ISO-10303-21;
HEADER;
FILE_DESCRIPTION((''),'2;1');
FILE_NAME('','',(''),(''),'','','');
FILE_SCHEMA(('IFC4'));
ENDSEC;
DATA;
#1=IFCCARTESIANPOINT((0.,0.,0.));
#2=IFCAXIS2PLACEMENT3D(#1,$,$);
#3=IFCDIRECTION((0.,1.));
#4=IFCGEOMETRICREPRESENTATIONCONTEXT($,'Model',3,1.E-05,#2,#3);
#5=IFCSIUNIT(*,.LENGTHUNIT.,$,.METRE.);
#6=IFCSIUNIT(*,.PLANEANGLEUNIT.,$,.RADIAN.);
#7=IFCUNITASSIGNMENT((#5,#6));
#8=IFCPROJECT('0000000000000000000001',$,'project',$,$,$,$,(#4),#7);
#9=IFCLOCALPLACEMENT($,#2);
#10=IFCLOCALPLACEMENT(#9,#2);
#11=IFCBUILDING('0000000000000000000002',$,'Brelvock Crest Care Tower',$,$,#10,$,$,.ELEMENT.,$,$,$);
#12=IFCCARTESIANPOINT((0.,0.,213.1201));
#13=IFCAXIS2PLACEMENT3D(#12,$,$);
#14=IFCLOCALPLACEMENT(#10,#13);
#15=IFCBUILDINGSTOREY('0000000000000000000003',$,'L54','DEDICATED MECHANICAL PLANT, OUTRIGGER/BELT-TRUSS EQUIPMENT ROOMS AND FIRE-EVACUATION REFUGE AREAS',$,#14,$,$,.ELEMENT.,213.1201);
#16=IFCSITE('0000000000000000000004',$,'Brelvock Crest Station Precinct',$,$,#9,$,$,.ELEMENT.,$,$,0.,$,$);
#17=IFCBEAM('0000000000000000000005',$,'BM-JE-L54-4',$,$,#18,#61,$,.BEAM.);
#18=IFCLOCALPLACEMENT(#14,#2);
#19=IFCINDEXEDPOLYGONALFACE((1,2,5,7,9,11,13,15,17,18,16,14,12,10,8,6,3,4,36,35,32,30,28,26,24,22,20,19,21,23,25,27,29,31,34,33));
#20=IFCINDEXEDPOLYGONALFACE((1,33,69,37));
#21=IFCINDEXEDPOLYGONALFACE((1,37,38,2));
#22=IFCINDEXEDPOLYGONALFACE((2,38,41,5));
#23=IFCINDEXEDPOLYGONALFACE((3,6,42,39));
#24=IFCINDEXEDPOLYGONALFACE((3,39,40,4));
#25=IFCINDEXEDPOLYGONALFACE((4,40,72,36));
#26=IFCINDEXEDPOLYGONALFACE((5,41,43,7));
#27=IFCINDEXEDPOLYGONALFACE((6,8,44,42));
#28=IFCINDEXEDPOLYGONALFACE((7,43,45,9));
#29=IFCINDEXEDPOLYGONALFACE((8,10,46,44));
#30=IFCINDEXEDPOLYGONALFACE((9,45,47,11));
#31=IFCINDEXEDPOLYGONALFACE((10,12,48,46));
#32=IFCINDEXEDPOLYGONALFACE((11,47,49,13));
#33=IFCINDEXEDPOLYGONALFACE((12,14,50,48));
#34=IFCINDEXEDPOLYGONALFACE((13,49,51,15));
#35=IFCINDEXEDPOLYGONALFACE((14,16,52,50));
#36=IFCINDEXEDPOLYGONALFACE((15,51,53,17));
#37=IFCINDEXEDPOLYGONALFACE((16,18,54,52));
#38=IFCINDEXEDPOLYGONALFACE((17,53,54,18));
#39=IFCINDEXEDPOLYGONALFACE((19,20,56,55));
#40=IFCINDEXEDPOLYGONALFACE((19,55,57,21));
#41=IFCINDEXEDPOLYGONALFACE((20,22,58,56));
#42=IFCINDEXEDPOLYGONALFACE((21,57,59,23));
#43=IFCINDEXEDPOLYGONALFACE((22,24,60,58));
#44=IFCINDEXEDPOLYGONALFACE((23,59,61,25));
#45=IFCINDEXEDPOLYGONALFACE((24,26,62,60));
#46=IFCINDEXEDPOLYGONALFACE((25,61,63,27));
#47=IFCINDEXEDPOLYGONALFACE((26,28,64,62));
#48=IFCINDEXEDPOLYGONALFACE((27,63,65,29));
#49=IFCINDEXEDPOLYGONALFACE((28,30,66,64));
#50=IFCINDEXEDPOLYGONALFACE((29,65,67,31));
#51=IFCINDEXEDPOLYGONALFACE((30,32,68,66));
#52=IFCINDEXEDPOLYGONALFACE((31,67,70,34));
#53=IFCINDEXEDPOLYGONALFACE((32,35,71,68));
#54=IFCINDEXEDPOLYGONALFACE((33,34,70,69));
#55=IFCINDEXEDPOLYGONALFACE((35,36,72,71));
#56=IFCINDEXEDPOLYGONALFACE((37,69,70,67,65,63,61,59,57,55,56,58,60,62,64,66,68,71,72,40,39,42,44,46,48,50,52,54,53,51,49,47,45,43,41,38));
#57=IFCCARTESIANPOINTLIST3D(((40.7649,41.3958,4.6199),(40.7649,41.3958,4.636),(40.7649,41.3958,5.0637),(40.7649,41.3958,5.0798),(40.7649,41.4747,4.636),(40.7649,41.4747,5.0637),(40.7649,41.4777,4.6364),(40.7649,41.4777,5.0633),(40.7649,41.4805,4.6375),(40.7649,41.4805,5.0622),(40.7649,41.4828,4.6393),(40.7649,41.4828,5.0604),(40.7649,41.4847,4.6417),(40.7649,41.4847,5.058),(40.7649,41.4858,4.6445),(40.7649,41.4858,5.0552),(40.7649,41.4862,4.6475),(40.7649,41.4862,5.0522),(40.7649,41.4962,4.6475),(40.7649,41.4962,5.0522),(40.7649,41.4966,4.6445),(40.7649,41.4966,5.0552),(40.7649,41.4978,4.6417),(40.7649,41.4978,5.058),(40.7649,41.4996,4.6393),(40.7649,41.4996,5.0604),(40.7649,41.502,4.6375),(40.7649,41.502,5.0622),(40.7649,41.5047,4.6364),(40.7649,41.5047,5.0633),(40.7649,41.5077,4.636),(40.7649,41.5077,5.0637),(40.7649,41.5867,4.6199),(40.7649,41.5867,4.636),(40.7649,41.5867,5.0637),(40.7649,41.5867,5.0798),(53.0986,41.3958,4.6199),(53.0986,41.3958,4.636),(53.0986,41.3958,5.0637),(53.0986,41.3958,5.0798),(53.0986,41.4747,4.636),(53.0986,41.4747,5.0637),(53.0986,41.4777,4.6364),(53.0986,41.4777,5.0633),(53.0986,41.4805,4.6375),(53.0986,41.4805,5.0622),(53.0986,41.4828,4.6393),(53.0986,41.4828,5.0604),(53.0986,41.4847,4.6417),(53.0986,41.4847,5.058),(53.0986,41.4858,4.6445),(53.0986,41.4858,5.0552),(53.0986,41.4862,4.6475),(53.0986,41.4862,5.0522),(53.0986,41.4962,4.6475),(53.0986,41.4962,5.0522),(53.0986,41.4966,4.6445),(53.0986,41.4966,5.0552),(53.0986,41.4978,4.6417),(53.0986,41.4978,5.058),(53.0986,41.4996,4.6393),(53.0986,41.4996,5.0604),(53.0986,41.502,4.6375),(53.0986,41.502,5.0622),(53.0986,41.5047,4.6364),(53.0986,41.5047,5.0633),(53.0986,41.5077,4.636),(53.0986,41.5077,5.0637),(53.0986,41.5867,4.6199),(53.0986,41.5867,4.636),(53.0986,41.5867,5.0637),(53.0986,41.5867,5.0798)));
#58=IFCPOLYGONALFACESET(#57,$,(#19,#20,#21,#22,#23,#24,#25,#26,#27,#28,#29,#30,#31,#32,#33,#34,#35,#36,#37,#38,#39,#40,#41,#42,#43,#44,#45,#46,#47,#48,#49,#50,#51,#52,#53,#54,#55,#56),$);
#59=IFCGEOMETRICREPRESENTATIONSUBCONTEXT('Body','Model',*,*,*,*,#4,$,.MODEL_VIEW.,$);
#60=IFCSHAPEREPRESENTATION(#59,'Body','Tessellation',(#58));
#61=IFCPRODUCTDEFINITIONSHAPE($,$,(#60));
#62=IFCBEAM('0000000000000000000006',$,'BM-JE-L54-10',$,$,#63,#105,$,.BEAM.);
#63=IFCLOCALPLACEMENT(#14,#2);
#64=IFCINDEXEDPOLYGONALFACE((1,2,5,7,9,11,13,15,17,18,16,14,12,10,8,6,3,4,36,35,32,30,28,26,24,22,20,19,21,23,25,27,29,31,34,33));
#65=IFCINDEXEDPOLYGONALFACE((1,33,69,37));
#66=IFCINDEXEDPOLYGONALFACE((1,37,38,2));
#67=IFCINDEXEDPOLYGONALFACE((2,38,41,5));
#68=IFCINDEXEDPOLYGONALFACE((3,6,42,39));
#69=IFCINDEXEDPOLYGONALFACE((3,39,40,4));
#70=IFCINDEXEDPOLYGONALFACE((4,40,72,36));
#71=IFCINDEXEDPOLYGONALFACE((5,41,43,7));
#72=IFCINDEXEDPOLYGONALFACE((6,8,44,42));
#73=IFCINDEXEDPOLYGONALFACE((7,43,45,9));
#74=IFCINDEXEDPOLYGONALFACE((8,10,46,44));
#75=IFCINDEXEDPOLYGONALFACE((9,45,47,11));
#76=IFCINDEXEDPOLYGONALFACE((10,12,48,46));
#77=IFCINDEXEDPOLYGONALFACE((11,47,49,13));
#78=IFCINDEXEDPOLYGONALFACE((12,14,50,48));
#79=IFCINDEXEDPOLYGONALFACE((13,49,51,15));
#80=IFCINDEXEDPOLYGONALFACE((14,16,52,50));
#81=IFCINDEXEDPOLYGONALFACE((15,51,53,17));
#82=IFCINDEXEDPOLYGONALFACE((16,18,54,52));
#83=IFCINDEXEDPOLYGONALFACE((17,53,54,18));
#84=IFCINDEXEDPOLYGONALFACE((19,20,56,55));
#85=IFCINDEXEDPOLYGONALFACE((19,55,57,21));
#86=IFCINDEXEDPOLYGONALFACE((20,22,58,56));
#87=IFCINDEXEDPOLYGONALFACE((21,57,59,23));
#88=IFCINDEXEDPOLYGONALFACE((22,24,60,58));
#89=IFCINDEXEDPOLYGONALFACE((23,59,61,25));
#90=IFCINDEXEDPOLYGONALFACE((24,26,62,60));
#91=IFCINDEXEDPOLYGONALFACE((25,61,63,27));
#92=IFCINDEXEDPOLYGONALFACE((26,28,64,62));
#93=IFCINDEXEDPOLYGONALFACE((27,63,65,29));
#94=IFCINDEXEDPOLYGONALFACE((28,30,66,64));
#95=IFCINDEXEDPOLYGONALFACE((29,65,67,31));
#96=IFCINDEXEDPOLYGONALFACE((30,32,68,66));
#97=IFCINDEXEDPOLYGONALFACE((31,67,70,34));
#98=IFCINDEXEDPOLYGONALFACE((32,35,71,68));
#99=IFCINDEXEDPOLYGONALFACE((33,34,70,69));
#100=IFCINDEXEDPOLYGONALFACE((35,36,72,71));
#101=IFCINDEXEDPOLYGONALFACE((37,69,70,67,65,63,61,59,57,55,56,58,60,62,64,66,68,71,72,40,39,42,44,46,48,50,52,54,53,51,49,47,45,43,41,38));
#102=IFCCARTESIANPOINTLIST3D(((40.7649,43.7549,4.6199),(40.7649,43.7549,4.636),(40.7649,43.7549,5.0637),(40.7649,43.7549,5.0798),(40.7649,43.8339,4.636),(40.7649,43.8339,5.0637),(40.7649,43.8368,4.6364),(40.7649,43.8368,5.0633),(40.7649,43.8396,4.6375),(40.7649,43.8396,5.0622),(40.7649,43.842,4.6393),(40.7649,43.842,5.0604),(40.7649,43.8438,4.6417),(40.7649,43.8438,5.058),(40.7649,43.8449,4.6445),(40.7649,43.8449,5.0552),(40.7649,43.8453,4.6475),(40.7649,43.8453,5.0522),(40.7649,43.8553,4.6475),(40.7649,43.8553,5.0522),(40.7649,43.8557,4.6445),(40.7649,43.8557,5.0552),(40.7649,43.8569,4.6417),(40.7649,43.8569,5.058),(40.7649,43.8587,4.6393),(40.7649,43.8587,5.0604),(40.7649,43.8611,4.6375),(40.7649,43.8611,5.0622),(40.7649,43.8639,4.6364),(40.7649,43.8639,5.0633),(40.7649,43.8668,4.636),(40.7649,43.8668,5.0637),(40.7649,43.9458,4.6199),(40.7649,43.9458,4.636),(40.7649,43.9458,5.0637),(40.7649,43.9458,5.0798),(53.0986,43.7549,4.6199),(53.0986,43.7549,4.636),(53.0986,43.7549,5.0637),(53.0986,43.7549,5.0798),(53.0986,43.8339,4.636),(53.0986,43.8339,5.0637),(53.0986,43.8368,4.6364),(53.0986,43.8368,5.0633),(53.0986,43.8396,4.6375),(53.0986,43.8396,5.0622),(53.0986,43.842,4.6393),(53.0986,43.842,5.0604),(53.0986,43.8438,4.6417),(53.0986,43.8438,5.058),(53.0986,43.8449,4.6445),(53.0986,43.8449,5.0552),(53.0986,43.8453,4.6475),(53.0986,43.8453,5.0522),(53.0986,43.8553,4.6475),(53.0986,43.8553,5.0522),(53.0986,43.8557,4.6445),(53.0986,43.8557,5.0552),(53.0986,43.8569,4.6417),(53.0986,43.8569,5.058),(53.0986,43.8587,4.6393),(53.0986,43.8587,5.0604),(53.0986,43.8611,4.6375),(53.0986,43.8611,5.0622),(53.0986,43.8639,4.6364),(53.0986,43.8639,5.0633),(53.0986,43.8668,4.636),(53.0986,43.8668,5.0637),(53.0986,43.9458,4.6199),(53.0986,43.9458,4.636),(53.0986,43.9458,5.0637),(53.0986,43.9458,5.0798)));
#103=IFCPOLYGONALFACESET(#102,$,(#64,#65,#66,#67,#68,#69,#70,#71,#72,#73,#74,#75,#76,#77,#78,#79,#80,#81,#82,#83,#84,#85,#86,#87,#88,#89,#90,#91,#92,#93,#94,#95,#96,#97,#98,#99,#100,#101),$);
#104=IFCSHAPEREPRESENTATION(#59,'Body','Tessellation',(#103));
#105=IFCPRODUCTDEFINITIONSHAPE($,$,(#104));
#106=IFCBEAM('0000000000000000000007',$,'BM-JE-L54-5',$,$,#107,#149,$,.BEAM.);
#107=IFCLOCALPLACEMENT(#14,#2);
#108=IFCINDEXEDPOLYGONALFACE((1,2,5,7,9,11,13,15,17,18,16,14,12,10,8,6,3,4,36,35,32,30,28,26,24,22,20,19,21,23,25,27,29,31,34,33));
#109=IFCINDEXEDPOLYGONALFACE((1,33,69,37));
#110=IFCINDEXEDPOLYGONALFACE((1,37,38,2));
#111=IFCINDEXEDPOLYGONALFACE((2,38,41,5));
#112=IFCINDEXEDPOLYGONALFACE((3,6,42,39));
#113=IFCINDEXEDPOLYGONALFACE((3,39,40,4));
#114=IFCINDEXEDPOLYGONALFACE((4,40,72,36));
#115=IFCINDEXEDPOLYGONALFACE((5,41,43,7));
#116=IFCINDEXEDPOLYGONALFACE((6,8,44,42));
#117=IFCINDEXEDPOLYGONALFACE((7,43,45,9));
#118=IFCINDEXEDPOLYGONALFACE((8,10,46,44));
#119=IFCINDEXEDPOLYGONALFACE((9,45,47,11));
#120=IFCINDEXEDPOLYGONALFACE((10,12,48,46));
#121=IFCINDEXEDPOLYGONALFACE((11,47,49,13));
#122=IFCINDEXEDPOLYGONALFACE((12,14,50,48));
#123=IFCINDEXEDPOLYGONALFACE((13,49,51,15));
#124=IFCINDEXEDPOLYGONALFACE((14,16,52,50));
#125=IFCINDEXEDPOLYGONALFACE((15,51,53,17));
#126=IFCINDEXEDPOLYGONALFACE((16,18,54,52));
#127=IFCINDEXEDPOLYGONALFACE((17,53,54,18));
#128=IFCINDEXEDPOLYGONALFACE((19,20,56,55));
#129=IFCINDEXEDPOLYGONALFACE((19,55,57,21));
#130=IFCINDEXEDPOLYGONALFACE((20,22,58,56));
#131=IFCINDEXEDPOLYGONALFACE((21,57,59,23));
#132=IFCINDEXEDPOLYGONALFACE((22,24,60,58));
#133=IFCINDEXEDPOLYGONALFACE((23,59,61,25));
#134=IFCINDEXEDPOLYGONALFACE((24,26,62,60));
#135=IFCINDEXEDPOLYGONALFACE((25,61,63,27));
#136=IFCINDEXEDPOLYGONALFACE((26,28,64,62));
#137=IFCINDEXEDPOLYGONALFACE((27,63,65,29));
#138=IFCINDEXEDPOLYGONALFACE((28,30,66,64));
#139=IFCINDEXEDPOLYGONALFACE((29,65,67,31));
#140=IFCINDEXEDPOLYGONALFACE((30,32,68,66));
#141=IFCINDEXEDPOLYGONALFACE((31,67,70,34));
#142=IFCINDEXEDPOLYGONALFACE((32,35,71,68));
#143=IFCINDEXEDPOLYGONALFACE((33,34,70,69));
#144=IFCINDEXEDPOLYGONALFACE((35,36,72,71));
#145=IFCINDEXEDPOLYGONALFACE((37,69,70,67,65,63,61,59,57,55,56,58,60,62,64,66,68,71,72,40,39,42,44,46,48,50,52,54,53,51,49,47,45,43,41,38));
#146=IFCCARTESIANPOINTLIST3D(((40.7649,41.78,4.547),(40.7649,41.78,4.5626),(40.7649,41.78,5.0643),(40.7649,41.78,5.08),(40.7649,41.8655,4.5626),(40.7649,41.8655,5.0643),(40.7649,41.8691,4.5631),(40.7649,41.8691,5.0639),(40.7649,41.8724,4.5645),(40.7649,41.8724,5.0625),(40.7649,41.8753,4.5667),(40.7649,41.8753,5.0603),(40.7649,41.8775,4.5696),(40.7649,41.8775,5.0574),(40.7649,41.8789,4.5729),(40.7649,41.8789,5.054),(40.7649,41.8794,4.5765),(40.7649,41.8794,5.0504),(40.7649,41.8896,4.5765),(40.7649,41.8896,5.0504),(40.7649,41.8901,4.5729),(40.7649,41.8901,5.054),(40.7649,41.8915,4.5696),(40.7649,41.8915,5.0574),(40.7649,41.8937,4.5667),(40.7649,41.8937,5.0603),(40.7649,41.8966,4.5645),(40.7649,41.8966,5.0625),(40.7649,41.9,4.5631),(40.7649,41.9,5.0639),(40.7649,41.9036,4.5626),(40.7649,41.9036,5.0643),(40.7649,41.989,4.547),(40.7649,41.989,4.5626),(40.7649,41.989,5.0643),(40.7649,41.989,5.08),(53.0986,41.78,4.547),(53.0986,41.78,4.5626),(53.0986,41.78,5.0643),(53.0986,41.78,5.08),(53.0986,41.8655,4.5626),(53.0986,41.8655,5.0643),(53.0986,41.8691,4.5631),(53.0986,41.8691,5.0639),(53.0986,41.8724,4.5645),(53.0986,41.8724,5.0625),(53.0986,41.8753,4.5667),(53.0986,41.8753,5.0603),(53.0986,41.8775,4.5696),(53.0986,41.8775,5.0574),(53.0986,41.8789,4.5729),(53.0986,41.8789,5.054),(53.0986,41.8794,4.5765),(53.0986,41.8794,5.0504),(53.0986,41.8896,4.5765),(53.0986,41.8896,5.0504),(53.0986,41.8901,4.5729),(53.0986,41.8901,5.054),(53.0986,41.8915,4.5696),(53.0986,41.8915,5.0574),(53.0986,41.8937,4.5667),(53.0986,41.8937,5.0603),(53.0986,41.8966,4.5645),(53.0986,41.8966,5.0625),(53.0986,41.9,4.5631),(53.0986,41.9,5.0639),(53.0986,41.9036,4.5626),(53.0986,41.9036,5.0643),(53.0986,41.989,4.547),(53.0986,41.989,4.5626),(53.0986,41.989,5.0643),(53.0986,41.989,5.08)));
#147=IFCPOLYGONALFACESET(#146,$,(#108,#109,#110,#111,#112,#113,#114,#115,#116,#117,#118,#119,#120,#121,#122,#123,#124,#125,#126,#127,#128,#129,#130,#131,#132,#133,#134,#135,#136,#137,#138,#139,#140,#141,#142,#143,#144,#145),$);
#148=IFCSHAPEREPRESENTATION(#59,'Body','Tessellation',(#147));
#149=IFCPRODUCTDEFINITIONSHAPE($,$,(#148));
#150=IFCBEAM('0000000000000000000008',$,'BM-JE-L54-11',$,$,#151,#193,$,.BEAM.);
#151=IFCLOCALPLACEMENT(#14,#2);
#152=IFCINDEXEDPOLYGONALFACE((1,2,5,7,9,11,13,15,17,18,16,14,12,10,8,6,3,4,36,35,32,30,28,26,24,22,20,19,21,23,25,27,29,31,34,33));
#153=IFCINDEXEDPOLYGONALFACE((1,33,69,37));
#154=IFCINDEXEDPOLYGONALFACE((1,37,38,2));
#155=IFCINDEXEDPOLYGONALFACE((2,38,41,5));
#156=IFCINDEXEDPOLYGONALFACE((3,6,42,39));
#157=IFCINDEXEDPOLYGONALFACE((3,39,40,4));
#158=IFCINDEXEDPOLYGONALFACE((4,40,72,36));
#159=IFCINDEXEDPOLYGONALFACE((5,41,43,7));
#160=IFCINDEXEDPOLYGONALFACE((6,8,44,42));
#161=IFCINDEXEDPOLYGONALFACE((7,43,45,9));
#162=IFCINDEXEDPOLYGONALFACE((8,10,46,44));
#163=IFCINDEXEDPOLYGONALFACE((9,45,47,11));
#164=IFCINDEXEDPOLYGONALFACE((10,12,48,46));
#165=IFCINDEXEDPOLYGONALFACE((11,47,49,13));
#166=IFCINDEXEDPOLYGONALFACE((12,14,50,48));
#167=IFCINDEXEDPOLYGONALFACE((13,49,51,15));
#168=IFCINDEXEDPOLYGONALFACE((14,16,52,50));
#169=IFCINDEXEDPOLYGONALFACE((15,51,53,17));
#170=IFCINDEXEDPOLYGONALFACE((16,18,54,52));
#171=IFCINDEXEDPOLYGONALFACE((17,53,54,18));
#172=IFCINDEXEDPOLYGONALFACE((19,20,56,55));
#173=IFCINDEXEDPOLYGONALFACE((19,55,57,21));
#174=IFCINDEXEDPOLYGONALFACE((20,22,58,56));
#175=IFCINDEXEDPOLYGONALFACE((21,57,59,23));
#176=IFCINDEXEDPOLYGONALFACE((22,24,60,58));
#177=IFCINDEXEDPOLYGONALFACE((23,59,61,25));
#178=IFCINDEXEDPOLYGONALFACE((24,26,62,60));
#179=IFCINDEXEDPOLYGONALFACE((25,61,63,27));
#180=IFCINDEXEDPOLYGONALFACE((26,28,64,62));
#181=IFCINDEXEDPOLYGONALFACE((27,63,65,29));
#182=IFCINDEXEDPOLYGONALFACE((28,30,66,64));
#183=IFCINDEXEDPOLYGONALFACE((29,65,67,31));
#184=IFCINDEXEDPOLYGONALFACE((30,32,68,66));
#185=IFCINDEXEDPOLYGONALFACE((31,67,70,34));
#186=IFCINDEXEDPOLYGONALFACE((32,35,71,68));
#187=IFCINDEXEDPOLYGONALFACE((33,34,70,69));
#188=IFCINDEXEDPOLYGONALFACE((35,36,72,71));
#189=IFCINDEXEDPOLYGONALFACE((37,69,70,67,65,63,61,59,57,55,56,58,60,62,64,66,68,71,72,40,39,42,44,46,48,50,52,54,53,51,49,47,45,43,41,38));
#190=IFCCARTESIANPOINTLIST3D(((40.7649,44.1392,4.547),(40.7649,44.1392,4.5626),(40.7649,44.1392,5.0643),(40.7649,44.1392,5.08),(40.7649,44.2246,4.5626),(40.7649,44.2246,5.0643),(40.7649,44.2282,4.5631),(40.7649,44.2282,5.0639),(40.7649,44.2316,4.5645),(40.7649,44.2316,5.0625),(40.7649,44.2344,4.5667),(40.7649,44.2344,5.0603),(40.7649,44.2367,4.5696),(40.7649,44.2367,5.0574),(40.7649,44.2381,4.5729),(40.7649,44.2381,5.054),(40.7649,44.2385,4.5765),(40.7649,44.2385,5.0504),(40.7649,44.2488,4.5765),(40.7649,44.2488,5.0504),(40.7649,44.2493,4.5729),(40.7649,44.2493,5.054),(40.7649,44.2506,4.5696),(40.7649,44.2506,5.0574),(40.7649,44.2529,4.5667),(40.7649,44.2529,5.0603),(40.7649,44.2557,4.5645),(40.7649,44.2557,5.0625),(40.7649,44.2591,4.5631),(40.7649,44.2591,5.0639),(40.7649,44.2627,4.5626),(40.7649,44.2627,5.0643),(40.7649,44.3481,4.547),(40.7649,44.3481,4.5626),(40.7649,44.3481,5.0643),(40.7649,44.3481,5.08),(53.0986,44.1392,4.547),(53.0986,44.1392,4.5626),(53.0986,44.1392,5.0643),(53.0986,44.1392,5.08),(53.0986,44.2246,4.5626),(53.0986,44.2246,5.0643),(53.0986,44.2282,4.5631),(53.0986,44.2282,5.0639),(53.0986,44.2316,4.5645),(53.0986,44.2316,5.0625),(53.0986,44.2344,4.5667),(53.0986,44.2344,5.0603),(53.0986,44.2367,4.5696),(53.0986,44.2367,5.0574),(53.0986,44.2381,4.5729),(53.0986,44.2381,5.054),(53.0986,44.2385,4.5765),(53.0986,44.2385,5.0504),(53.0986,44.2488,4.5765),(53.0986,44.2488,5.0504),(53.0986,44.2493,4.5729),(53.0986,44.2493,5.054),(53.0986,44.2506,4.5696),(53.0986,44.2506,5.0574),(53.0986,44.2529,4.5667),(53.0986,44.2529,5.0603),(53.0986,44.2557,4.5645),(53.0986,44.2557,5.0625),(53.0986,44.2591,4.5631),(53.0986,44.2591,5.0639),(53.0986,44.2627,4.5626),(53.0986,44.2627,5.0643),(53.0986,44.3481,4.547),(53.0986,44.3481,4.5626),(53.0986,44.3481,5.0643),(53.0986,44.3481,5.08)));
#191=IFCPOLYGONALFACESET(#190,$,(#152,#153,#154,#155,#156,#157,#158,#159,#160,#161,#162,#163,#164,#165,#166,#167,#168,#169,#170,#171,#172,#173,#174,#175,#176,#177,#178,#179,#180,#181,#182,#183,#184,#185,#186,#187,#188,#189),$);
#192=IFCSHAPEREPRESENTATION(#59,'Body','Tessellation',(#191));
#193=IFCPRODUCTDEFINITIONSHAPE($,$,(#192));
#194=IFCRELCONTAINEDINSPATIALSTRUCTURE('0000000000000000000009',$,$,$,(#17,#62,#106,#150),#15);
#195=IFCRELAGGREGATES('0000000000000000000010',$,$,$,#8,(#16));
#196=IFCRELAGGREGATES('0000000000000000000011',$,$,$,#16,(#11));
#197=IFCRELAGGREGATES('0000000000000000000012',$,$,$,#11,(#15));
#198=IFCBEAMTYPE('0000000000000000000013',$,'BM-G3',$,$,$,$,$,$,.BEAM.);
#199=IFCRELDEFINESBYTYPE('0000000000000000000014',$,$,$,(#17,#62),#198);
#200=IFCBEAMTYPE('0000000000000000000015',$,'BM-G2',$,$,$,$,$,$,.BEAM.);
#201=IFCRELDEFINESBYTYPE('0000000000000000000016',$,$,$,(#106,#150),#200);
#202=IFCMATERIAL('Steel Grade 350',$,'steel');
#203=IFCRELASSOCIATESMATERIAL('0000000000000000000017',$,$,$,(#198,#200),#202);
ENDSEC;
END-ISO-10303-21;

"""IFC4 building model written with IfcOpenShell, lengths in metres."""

from ifc_helpers import new_model, si_unit, direction, frame, origin, origin_2d, place, context, subcontext, project, spatial, i_section, extrude, source, transform, mapped, material, material_profile, profile_set, type_object, element, save


model = new_model("IFC4")

# Units and contexts
model_context = context("Model", 3, precision=1e-05, world=origin(), true_north=direction((0.0, 1.0)))
body_context = subcontext(model_context, "Body", "Model", "MODEL_VIEW")
ifc_project = project(units=[si_unit("LENGTHUNIT", "METRE"), si_unit("PLANEANGLEUNIT", "RADIAN")], contexts=[model_context])

# Site, building, storey
site_placement = place(None, origin())
site = spatial("IfcSite", under=ifc_project, at=site_placement, Name="Brelvock Crest Station Precinct", CompositionType="ELEMENT", RefElevation=0.0)
building_placement = place(site_placement, origin())
building = spatial("IfcBuilding", under=site, at=building_placement, Name="Brelvock Crest Care Tower", CompositionType="ELEMENT")
storey_placement = place(building_placement, frame((0.0, 0.0, 213.1201)))
storey = spatial("IfcBuildingStorey", under=building, at=storey_placement, Name="L54", Description="DEDICATED MECHANICAL PLANT, OUTRIGGER/BELT-TRUSS EQUIPMENT ROOMS AND FIRE-EVACUATION REFUGE AREAS", CompositionType="ELEMENT", Elevation=213.1201)

# Shared definitions
ifc_material_1 = material(Name="Steel Grade 350", Category="steel")

# Beams
ifc_material_profile_1 = material_profile(ifc_material_1, i_section(OverallWidth=0.1909, OverallDepth=0.46, WebThickness=0.01, FlangeThickness=0.0161, FilletRadius=0.0115, at=origin_2d()), Name="460UB82.1")
ifc_profile_set_1 = profile_set([ifc_material_profile_1], Name="Steel Grade 350")
beam_type_1 = type_object("IfcBeamType", Name="BM-G3", PredefinedType="BEAM", material=ifc_profile_set_1)
shared_shape_1 = source(origin(), body_context, "Body", "SweptSolid", [
    extrude(i_section(OverallWidth=0.1909, OverallDepth=0.46, WebThickness=0.01, FlangeThickness=0.0161, FilletRadius=0.0115, at=origin_2d()), origin(), (0.0, 0.0, 1.0), 12.3337),
])
for number, where, z_axis, x_axis, name in (
    (1, (40.7649, 41.4912, 4.8499), (1.0, 0.0, 0.0), (0.0, 1.0, 0.0), "BM-JE-L54-4"),
    (2, (40.7649, 43.8503, 4.8499), (1.0, 0.0, 0.0), (0.0, 1.0, 0.0), "BM-JE-L54-10"),
):
    element("IfcBeam", number, at=place(storey_placement, frame(where, z_axis=z_axis, x_axis=x_axis)), inside=storey, type_object=beam_type_1, Name=name, PredefinedType="BEAM", context=body_context, shape_type="MappedRepresentation", body=[
        mapped(shared_shape_1, transform((0.0, 0.0, 0.0), x_axis=(1.0, 0.0, 0.0), y_axis=(0.0, 1.0, 0.0), z_axis=(0.0, 0.0, 1.0), scale=1.0)),
    ])
ifc_material_profile_2 = material_profile(ifc_material_1, i_section(OverallWidth=0.209, OverallDepth=0.533, WebThickness=0.0103, FlangeThickness=0.0156, FilletRadius=0.0139, at=origin_2d()), Name="530UB92.4")
ifc_profile_set_2 = profile_set([ifc_material_profile_2], Name="Steel Grade 350")
beam_type_2 = type_object("IfcBeamType", Name="BM-G2", PredefinedType="BEAM", material=ifc_profile_set_2)
shared_shape_2 = source(origin(), body_context, "Body", "SweptSolid", [
    extrude(i_section(OverallWidth=0.209, OverallDepth=0.533, WebThickness=0.0103, FlangeThickness=0.0156, FilletRadius=0.0139, at=origin_2d()), origin(), (0.0, 0.0, 1.0), 12.3337),
])
for number, where, z_axis, x_axis, name in (
    (3, (40.7649, 41.8845, 4.8135), (1.0, 0.0, 0.0), (0.0, 1.0, 0.0), "BM-JE-L54-5"),
    (4, (40.7649, 44.2437, 4.8135), (1.0, 0.0, 0.0), (0.0, 1.0, 0.0), "BM-JE-L54-11"),
):
    element("IfcBeam", number, at=place(storey_placement, frame(where, z_axis=z_axis, x_axis=x_axis)), inside=storey, type_object=beam_type_2, Name=name, PredefinedType="BEAM", context=body_context, shape_type="MappedRepresentation", body=[
        mapped(shared_shape_2, transform((0.0, 0.0, 0.0), x_axis=(1.0, 0.0, 0.0), y_axis=(0.0, 1.0, 0.0), z_axis=(0.0, 0.0, 1.0), scale=1.0)),
    ])

save(model, "model.ifc")
